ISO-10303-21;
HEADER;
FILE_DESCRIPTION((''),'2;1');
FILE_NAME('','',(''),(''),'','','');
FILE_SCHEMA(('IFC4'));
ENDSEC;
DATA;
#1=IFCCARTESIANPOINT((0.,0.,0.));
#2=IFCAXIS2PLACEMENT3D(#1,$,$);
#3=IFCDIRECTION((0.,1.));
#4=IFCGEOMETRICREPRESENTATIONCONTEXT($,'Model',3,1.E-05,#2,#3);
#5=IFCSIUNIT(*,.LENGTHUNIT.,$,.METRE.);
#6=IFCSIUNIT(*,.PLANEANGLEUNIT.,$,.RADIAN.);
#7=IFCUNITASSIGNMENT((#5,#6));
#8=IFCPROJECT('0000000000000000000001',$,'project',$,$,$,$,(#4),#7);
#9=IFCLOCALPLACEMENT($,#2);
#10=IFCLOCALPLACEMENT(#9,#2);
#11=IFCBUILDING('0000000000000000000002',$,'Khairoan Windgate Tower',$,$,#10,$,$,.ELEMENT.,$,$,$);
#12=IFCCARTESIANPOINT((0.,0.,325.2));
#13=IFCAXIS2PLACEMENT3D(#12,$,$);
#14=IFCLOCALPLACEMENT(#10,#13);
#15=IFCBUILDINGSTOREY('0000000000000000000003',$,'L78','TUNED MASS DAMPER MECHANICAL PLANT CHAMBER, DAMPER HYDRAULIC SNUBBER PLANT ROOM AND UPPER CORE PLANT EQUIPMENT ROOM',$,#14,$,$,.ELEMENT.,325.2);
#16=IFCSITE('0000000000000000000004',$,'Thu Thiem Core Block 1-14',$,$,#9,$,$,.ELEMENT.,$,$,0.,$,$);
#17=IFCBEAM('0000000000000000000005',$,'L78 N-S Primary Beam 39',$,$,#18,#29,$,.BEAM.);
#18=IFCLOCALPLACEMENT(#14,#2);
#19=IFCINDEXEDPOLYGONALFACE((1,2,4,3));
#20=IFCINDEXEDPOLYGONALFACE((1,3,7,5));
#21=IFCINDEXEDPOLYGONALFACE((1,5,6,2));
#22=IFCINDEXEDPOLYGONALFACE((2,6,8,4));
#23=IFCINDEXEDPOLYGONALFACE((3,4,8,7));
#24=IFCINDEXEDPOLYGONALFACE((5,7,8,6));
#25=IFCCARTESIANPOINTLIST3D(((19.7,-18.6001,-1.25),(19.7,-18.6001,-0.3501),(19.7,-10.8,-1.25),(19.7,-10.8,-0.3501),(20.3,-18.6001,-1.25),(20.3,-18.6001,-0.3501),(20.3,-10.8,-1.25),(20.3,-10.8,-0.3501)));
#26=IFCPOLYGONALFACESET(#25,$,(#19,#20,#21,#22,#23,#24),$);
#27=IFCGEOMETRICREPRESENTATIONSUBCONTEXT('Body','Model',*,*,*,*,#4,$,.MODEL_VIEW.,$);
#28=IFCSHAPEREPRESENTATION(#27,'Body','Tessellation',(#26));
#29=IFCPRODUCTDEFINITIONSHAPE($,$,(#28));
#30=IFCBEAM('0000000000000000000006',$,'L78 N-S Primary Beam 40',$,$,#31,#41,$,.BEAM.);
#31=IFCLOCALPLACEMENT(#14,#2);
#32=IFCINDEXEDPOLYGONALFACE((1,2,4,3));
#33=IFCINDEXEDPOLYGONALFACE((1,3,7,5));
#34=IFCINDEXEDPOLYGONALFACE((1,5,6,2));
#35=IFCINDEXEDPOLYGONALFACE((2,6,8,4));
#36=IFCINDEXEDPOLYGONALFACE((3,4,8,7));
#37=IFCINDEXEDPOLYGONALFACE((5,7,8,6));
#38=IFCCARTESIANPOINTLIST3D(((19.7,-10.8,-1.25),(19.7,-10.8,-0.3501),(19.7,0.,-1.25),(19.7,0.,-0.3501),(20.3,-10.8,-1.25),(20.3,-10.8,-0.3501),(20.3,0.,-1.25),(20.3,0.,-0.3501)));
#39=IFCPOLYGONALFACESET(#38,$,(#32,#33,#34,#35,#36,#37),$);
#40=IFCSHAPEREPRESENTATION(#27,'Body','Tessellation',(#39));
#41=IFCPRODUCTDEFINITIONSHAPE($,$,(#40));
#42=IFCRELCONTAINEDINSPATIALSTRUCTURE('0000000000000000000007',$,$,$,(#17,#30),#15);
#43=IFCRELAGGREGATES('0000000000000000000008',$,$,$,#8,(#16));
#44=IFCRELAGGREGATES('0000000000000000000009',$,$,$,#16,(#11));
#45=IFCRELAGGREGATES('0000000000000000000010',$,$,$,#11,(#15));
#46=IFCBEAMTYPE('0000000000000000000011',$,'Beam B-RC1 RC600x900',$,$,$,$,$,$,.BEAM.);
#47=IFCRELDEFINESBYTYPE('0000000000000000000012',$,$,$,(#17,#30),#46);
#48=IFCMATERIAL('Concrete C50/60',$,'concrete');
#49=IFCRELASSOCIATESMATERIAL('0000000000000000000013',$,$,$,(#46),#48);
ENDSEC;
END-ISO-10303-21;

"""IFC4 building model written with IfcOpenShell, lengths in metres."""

from ifc_helpers import new_model, si_unit, direction, frame, origin, origin_2d, place, context, subcontext, project, spatial, rectangle, extrude, material, material_profile, profile_set, type_object, element, save


model = new_model("IFC4")

# Units and contexts
model_context = context("Model", 3, precision=1e-05, world=origin(), true_north=direction((0.0, 1.0)))
body_context = subcontext(model_context, "Body", "Model", "MODEL_VIEW")
ifc_project = project(units=[si_unit("LENGTHUNIT", "METRE"), si_unit("PLANEANGLEUNIT", "RADIAN")], contexts=[model_context])

# Site, building, storey
site_placement = place(None, origin())
site = spatial("IfcSite", under=ifc_project, at=site_placement, Name="Thu Thiem Core Block 1-14", CompositionType="ELEMENT", RefElevation=0.0)
building_placement = place(site_placement, origin())
building = spatial("IfcBuilding", under=site, at=building_placement, Name="Khairoan Windgate Tower", CompositionType="ELEMENT")
storey_placement = place(building_placement, frame((0.0, 0.0, 325.2)))
storey = spatial("IfcBuildingStorey", under=building, at=storey_placement, Name="L78", Description="TUNED MASS DAMPER MECHANICAL PLANT CHAMBER, DAMPER HYDRAULIC SNUBBER PLANT ROOM AND UPPER CORE PLANT EQUIPMENT ROOM", CompositionType="ELEMENT", Elevation=325.2)

# Beams
ifc_material_1 = material(Name="Concrete C50/60", Category="concrete")
ifc_material_profile_1 = material_profile(ifc_material_1, rectangle(XDim=0.6001, YDim=0.8999, at=origin_2d()))
ifc_profile_set_1 = profile_set([ifc_material_profile_1], Name="Concrete C50/60")
beam_type = type_object("IfcBeamType", Name="Beam B-RC1 RC600x900", PredefinedType="BEAM", material=ifc_profile_set_1)
beam_1_placement = place(storey_placement, frame((20.0, -18.6001, -0.8), z_axis=(0.0, 1.0, 0.0), x_axis=(-1.0, 0.0, 0.0)))
element("IfcBeam", 1, at=beam_1_placement, inside=storey, type_object=beam_type, Name="L78 N-S Primary Beam 39", PredefinedType="BEAM", context=body_context, shape_type="SweptSolid", body=[
    extrude(rectangle(XDim=0.6001, YDim=0.8999, at=origin_2d()), origin(), (0.0, 0.0, 1.0), 7.8),
])
beam_2_placement = place(storey_placement, frame((20.0, -10.8, -0.8), z_axis=(0.0, 1.0, 0.0), x_axis=(-1.0, 0.0, 0.0)))
element("IfcBeam", 2, at=beam_2_placement, inside=storey, type_object=beam_type, Name="L78 N-S Primary Beam 40", PredefinedType="BEAM", context=body_context, shape_type="SweptSolid", body=[
    extrude(rectangle(XDim=0.6001, YDim=0.8999, at=origin_2d()), origin(), (0.0, 0.0, 1.0), 10.8),
])

save(model, "model.ifc")
